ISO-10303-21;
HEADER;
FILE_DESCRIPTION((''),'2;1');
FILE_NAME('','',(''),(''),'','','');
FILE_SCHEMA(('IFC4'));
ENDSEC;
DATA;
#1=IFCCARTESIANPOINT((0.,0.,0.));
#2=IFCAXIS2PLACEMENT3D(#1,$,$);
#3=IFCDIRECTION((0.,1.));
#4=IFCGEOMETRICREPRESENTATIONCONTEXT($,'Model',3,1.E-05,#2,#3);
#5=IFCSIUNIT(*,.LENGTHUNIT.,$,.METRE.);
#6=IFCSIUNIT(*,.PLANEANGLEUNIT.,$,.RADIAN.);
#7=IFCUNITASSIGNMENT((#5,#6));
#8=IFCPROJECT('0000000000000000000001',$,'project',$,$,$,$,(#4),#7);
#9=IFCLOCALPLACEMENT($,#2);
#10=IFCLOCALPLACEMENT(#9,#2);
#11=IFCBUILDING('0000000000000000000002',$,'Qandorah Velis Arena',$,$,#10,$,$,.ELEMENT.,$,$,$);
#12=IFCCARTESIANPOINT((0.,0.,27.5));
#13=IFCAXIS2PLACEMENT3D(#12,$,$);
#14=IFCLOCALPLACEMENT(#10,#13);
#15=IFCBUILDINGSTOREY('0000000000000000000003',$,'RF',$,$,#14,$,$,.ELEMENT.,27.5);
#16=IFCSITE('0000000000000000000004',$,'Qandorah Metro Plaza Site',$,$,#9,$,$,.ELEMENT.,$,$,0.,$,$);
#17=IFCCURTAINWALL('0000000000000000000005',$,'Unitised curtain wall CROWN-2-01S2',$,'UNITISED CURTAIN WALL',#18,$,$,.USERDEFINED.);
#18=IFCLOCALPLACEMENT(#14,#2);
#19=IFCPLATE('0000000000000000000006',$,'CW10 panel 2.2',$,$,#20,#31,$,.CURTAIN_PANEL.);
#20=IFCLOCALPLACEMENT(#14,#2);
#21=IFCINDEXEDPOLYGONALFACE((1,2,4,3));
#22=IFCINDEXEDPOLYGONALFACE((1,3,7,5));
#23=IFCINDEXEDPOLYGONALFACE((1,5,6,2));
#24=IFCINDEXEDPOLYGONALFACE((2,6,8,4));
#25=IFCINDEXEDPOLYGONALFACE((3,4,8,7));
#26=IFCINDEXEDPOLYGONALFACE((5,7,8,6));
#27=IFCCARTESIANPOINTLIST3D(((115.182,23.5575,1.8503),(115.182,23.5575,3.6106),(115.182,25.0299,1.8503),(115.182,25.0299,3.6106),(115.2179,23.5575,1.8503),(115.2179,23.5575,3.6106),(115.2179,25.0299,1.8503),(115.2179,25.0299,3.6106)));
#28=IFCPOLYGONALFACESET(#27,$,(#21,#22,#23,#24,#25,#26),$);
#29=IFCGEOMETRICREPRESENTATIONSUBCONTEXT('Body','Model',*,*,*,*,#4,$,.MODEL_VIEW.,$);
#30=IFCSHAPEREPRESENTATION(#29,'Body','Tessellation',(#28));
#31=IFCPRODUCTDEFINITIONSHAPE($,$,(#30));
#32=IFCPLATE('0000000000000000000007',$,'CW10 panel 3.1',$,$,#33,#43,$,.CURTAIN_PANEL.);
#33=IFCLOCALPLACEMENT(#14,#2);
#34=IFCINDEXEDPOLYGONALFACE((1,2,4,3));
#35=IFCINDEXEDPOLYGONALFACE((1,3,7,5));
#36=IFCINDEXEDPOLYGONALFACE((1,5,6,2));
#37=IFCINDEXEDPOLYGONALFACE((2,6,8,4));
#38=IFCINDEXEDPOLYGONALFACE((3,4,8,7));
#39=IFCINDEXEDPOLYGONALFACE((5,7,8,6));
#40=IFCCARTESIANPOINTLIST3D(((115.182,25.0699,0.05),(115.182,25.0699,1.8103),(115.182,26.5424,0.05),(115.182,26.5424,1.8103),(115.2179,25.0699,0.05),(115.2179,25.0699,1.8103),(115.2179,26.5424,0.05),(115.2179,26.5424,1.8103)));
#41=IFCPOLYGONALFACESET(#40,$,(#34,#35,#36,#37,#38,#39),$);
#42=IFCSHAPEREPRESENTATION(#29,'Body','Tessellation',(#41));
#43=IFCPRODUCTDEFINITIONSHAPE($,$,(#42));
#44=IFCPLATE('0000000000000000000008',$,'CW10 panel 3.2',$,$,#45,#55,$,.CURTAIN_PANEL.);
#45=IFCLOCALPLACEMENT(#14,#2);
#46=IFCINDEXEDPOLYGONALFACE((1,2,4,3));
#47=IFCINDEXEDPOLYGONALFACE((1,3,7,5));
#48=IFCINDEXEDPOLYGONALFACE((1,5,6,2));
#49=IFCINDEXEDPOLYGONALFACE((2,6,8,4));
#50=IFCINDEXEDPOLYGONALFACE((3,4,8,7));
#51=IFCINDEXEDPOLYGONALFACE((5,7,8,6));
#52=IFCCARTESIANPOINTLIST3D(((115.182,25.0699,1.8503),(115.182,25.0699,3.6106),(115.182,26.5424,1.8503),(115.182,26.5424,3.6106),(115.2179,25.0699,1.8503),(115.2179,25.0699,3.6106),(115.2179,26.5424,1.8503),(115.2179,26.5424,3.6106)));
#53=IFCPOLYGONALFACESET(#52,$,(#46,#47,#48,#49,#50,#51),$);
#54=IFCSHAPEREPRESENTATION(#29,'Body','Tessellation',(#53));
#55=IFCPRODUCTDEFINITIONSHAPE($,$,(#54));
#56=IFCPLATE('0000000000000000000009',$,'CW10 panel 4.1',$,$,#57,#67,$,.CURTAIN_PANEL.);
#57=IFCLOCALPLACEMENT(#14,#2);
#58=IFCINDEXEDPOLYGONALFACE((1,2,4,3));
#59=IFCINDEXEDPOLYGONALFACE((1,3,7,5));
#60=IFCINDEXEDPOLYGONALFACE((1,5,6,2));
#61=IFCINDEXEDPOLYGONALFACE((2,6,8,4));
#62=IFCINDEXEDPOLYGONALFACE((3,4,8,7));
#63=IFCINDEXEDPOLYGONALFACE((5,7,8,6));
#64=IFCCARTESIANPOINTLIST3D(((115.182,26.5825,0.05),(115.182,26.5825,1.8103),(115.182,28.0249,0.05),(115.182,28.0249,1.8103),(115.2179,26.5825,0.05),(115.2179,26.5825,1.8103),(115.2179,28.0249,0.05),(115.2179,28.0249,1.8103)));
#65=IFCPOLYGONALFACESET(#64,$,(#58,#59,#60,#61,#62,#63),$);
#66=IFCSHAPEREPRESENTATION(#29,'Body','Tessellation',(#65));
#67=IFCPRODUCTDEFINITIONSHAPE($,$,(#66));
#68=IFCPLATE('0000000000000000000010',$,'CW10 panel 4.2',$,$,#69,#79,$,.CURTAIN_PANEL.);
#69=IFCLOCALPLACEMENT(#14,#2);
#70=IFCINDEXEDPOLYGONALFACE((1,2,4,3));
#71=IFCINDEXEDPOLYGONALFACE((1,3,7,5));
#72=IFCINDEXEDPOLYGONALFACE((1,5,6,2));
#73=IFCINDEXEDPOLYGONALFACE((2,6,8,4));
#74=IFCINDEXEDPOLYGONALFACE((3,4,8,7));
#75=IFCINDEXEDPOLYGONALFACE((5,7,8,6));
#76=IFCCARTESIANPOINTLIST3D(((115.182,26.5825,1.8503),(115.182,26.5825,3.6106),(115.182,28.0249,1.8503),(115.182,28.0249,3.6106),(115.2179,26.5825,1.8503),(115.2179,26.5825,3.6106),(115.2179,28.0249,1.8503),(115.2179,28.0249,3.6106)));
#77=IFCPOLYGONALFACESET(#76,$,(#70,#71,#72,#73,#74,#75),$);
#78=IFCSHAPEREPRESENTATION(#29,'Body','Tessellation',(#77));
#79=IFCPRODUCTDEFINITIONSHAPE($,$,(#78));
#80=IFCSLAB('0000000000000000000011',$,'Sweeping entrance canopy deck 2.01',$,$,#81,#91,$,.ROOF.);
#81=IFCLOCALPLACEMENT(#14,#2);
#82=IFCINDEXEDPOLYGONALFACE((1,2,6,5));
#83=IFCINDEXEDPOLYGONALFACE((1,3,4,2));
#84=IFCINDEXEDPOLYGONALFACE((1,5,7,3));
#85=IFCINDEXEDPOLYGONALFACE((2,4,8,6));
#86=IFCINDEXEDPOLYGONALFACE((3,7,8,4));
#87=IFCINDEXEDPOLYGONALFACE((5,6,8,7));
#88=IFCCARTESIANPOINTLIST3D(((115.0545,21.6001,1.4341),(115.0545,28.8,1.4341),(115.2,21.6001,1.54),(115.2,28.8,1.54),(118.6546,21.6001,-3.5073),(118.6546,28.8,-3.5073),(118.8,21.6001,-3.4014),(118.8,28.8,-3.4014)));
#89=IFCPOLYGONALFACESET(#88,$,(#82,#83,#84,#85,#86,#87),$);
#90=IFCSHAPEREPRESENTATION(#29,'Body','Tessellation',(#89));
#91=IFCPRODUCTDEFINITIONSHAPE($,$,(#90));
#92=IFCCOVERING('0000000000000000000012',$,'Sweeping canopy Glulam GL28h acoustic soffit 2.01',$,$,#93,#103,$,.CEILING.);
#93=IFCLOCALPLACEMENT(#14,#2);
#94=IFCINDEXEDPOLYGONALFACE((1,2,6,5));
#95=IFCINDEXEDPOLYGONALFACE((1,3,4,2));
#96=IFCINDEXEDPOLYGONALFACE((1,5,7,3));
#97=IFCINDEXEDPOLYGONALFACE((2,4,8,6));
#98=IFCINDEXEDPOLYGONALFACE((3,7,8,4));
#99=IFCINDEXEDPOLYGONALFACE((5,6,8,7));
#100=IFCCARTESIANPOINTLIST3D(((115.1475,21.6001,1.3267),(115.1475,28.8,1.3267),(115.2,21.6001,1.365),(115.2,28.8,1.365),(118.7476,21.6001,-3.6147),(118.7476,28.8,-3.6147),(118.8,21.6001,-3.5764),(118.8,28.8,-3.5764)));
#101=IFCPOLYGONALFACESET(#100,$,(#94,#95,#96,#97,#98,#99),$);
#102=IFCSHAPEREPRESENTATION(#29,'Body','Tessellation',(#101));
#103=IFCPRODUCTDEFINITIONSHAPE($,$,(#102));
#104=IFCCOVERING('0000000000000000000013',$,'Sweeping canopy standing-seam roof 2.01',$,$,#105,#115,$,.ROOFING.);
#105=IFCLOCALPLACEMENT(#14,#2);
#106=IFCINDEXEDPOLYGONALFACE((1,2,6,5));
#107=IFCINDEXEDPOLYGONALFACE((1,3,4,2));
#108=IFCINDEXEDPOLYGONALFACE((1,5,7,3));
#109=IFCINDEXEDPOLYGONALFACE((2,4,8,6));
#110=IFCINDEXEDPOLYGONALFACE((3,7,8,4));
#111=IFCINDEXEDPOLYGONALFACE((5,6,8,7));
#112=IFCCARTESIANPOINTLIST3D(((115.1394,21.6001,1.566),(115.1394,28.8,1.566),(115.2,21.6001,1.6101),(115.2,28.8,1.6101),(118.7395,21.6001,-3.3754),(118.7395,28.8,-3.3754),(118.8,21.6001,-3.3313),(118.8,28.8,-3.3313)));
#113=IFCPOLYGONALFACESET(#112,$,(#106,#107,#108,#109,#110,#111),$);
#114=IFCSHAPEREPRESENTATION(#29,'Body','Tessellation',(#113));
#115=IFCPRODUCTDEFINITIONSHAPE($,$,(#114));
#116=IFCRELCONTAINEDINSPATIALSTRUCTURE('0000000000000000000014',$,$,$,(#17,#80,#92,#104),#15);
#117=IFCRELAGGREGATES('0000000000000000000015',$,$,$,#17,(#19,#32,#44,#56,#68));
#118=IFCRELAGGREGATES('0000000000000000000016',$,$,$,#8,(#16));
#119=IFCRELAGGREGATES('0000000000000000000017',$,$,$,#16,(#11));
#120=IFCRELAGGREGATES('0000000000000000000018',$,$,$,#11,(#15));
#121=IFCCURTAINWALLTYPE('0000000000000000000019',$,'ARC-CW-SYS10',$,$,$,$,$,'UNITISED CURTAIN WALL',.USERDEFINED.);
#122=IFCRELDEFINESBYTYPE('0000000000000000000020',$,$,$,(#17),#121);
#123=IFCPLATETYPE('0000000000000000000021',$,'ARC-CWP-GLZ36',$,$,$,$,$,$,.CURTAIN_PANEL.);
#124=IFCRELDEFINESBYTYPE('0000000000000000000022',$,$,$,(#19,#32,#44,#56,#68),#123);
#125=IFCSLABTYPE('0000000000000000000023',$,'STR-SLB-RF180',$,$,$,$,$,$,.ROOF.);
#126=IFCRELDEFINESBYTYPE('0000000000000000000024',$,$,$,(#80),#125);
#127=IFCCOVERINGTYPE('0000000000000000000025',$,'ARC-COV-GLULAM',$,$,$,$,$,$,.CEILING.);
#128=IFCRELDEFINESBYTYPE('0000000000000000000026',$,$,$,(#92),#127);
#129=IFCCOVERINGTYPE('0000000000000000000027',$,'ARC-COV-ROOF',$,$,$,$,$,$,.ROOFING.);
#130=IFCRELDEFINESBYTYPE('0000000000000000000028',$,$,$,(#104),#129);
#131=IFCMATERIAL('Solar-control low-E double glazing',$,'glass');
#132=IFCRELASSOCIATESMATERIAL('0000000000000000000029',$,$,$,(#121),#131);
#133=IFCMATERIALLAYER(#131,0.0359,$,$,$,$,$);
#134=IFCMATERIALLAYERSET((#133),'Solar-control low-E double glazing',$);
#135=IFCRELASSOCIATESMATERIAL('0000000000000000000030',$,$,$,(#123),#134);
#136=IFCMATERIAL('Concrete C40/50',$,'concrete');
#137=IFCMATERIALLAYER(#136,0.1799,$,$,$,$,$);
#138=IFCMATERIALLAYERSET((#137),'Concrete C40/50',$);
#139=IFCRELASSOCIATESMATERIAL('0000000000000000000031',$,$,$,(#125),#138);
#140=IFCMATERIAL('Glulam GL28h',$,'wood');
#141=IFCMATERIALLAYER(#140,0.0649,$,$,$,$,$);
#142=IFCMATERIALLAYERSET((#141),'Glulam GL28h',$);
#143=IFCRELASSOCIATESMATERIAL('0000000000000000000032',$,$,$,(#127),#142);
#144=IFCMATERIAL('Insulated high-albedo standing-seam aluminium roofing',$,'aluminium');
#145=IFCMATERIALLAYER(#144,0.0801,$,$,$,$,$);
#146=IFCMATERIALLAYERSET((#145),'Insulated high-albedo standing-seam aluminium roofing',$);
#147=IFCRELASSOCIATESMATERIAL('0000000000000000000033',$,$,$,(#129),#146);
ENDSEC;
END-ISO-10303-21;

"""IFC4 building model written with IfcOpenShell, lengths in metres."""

from ifc_helpers import new_model, si_unit, direction, frame, origin, origin_2d, place, context, subcontext, project, spatial, polyline, rectangle, outline, extrude, material, layer, layer_set, type_object, element, aggregate, save


model = new_model("IFC4")

# Units and contexts
model_context = context("Model", 3, precision=1e-05, world=origin(), true_north=direction((0.0, 1.0)))
body_context = subcontext(model_context, "Body", "Model", "MODEL_VIEW")
ifc_project = project(units=[si_unit("LENGTHUNIT", "METRE"), si_unit("PLANEANGLEUNIT", "RADIAN")], contexts=[model_context])

# Site, building, storey
site_placement = place(None, origin())
site = spatial("IfcSite", under=ifc_project, at=site_placement, Name="Qandorah Metro Plaza Site", CompositionType="ELEMENT", RefElevation=0.0)
building_placement = place(site_placement, origin())
building = spatial("IfcBuilding", under=site, at=building_placement, Name="Qandorah Velis Arena", CompositionType="ELEMENT")
storey_placement = place(building_placement, frame((0.0, 0.0, 27.5)))
storey = spatial("IfcBuildingStorey", under=building, at=storey_placement, Name="RF", CompositionType="ELEMENT", Elevation=27.5)

# Curtain wall
ifc_material_1 = material(Name="Solar-control low-E double glazing", Category="glass")
curtain_wall_type_1 = type_object("IfcCurtainWallType", Name="ARC-CW-SYS10", ElementType="UNITISED CURTAIN WALL", PredefinedType="USERDEFINED", material=ifc_material_1)
curtain_wall_1_placement = place(storey_placement, origin())
curtain_wall_1 = element("IfcCurtainWall", 1, at=curtain_wall_1_placement, inside=storey, type_object=curtain_wall_type_1, Name="Unitised curtain wall CROWN-2-01S2", ObjectType="UNITISED CURTAIN WALL", PredefinedType="USERDEFINED")

# Plates
ifc_layer_1 = layer(ifc_material_1, 0.0359)
ifc_layer_set_1 = layer_set([ifc_layer_1], Name="Solar-control low-E double glazing")
plate_type = type_object("IfcPlateType", Name="ARC-CWP-GLZ36", PredefinedType="CURTAIN_PANEL", material=ifc_layer_set_1)
plate_1_placement = place(storey_placement, frame((115.2, 24.2937, 1.8503), z_axis=(0.0, 0.0, 1.0), x_axis=(0.0, 1.0, 0.0)))
plate_1 = element("IfcPlate", 2, at=plate_1_placement, type_object=plate_type, Name="CW10 panel 2.2", PredefinedType="CURTAIN_PANEL", context=body_context, shape_type="SweptSolid", body=[
    extrude(rectangle(XDim=1.4724, YDim=0.0359, at=origin_2d()), origin(), (0.0, 0.0, 1.0), 1.7603),
])
plate_2_placement = place(storey_placement, frame((115.2, 25.8062, 0.05), z_axis=(0.0, 0.0, 1.0), x_axis=(0.0, 1.0, 0.0)))
plate_2 = element("IfcPlate", 3, at=plate_2_placement, type_object=plate_type, Name="CW10 panel 3.1", PredefinedType="CURTAIN_PANEL", context=body_context, shape_type="SweptSolid", body=[
    extrude(rectangle(XDim=1.4724, YDim=0.0359, at=origin_2d()), origin(), (0.0, 0.0, 1.0), 1.7603),
])
plate_3_placement = place(storey_placement, frame((115.2, 25.8062, 1.8503), z_axis=(0.0, 0.0, 1.0), x_axis=(0.0, 1.0, 0.0)))
plate_3 = element("IfcPlate", 4, at=plate_3_placement, type_object=plate_type, Name="CW10 panel 3.2", PredefinedType="CURTAIN_PANEL", context=body_context, shape_type="SweptSolid", body=[
    extrude(rectangle(XDim=1.4724, YDim=0.0359, at=origin_2d()), origin(), (0.0, 0.0, 1.0), 1.7603),
])
plate_4_placement = place(storey_placement, frame((115.2, 27.3037, 0.05), z_axis=(0.0, 0.0, 1.0), x_axis=(0.0, 1.0, 0.0)))
plate_4 = element("IfcPlate", 5, at=plate_4_placement, type_object=plate_type, Name="CW10 panel 4.1", PredefinedType="CURTAIN_PANEL", context=body_context, shape_type="SweptSolid", body=[
    extrude(rectangle(XDim=1.4424, YDim=0.0359, at=origin_2d()), origin(), (0.0, 0.0, 1.0), 1.7603),
])
plate_5_placement = place(storey_placement, frame((115.2, 27.3037, 1.8503), z_axis=(0.0, 0.0, 1.0), x_axis=(0.0, 1.0, 0.0)))
plate_5 = element("IfcPlate", 6, at=plate_5_placement, type_object=plate_type, Name="CW10 panel 4.2", PredefinedType="CURTAIN_PANEL", context=body_context, shape_type="SweptSolid", body=[
    extrude(rectangle(XDim=1.4424, YDim=0.0359, at=origin_2d()), origin(), (0.0, 0.0, 1.0), 1.7603),
])
aggregate(curtain_wall_1, [plate_1, plate_2, plate_3, plate_4, plate_5])

# Slab
ifc_material_2 = material(Name="Concrete C40/50", Category="concrete")
ifc_layer_2 = layer(ifc_material_2, 0.1799)
ifc_layer_set_2 = layer_set([ifc_layer_2], Name="Concrete C40/50")
slab_type = type_object("IfcSlabType", Name="STR-SLB-RF180", PredefinedType="ROOF", material=ifc_layer_set_2)
slab_placement = place(storey_placement, frame((115.2, 21.6001, 1.54), z_axis=(0.808242, 0.0, 0.588851), x_axis=(0.588851, 0.0, -0.808242)))
element("IfcSlab", 7, at=slab_placement, inside=storey, type_object=slab_type, Name="Sweeping entrance canopy deck 2.01", PredefinedType="ROOF", context=body_context, shape_type="SweptSolid", body=[
    extrude(outline(polyline([(0.0, 0.0), (6.1138, 0.0), (6.1138, 7.2), (0.0, 7.2), (0.0, 0.0)])), origin(), (0.0, 0.0, -1.0), 0.1799),
])

# Coverings
ifc_material_3 = material(Name="Glulam GL28h", Category="wood")
ifc_layer_3 = layer(ifc_material_3, 0.0649)
ifc_layer_set_3 = layer_set([ifc_layer_3], Name="Glulam GL28h")
covering_type_1 = type_object("IfcCoveringType", Name="ARC-COV-GLULAM", PredefinedType="CEILING", material=ifc_layer_set_3)
covering_1_placement = place(storey_placement, frame((115.2, 21.6001, 1.365), z_axis=(0.808242, 0.0, 0.588851), x_axis=(0.588851, 0.0, -0.808242)))
element("IfcCovering", 8, at=covering_1_placement, inside=storey, type_object=covering_type_1, Name="Sweeping canopy Glulam GL28h acoustic soffit 2.01", PredefinedType="CEILING", context=body_context, shape_type="SweptSolid", body=[
    extrude(outline(polyline([(0.0, 0.0), (6.1138, 0.0), (6.1138, 7.2), (0.0, 7.2), (0.0, 0.0)])), origin(), (0.0, 0.0, -1.0), 0.0649),
])
ifc_material_4 = material(Name="Insulated high-albedo standing-seam aluminium roofing", Category="aluminium")
ifc_layer_4 = layer(ifc_material_4, 0.0801)
ifc_layer_set_4 = layer_set([ifc_layer_4], Name="Insulated high-albedo standing-seam aluminium roofing")
covering_type_2 = type_object("IfcCoveringType", Name="ARC-COV-ROOF", PredefinedType="ROOFING", material=ifc_layer_set_4)
covering_2_placement = place(storey_placement, frame((115.2, 21.6001, 1.6101), z_axis=(0.808242, 0.0, 0.588851), x_axis=(0.588851, 0.0, -0.808242)))
element("IfcCovering", 9, at=covering_2_placement, inside=storey, type_object=covering_type_2, Name="Sweeping canopy standing-seam roof 2.01", PredefinedType="ROOFING", context=body_context, shape_type="SweptSolid", body=[
    extrude(outline(polyline([(0.0, 0.0), (6.1138, 0.0), (6.1138, 7.2), (0.0, 7.2), (0.0, 0.0)])), origin(), (0.0, 0.0, -1.0), 0.075),
])

save(model, "model.ifc")
